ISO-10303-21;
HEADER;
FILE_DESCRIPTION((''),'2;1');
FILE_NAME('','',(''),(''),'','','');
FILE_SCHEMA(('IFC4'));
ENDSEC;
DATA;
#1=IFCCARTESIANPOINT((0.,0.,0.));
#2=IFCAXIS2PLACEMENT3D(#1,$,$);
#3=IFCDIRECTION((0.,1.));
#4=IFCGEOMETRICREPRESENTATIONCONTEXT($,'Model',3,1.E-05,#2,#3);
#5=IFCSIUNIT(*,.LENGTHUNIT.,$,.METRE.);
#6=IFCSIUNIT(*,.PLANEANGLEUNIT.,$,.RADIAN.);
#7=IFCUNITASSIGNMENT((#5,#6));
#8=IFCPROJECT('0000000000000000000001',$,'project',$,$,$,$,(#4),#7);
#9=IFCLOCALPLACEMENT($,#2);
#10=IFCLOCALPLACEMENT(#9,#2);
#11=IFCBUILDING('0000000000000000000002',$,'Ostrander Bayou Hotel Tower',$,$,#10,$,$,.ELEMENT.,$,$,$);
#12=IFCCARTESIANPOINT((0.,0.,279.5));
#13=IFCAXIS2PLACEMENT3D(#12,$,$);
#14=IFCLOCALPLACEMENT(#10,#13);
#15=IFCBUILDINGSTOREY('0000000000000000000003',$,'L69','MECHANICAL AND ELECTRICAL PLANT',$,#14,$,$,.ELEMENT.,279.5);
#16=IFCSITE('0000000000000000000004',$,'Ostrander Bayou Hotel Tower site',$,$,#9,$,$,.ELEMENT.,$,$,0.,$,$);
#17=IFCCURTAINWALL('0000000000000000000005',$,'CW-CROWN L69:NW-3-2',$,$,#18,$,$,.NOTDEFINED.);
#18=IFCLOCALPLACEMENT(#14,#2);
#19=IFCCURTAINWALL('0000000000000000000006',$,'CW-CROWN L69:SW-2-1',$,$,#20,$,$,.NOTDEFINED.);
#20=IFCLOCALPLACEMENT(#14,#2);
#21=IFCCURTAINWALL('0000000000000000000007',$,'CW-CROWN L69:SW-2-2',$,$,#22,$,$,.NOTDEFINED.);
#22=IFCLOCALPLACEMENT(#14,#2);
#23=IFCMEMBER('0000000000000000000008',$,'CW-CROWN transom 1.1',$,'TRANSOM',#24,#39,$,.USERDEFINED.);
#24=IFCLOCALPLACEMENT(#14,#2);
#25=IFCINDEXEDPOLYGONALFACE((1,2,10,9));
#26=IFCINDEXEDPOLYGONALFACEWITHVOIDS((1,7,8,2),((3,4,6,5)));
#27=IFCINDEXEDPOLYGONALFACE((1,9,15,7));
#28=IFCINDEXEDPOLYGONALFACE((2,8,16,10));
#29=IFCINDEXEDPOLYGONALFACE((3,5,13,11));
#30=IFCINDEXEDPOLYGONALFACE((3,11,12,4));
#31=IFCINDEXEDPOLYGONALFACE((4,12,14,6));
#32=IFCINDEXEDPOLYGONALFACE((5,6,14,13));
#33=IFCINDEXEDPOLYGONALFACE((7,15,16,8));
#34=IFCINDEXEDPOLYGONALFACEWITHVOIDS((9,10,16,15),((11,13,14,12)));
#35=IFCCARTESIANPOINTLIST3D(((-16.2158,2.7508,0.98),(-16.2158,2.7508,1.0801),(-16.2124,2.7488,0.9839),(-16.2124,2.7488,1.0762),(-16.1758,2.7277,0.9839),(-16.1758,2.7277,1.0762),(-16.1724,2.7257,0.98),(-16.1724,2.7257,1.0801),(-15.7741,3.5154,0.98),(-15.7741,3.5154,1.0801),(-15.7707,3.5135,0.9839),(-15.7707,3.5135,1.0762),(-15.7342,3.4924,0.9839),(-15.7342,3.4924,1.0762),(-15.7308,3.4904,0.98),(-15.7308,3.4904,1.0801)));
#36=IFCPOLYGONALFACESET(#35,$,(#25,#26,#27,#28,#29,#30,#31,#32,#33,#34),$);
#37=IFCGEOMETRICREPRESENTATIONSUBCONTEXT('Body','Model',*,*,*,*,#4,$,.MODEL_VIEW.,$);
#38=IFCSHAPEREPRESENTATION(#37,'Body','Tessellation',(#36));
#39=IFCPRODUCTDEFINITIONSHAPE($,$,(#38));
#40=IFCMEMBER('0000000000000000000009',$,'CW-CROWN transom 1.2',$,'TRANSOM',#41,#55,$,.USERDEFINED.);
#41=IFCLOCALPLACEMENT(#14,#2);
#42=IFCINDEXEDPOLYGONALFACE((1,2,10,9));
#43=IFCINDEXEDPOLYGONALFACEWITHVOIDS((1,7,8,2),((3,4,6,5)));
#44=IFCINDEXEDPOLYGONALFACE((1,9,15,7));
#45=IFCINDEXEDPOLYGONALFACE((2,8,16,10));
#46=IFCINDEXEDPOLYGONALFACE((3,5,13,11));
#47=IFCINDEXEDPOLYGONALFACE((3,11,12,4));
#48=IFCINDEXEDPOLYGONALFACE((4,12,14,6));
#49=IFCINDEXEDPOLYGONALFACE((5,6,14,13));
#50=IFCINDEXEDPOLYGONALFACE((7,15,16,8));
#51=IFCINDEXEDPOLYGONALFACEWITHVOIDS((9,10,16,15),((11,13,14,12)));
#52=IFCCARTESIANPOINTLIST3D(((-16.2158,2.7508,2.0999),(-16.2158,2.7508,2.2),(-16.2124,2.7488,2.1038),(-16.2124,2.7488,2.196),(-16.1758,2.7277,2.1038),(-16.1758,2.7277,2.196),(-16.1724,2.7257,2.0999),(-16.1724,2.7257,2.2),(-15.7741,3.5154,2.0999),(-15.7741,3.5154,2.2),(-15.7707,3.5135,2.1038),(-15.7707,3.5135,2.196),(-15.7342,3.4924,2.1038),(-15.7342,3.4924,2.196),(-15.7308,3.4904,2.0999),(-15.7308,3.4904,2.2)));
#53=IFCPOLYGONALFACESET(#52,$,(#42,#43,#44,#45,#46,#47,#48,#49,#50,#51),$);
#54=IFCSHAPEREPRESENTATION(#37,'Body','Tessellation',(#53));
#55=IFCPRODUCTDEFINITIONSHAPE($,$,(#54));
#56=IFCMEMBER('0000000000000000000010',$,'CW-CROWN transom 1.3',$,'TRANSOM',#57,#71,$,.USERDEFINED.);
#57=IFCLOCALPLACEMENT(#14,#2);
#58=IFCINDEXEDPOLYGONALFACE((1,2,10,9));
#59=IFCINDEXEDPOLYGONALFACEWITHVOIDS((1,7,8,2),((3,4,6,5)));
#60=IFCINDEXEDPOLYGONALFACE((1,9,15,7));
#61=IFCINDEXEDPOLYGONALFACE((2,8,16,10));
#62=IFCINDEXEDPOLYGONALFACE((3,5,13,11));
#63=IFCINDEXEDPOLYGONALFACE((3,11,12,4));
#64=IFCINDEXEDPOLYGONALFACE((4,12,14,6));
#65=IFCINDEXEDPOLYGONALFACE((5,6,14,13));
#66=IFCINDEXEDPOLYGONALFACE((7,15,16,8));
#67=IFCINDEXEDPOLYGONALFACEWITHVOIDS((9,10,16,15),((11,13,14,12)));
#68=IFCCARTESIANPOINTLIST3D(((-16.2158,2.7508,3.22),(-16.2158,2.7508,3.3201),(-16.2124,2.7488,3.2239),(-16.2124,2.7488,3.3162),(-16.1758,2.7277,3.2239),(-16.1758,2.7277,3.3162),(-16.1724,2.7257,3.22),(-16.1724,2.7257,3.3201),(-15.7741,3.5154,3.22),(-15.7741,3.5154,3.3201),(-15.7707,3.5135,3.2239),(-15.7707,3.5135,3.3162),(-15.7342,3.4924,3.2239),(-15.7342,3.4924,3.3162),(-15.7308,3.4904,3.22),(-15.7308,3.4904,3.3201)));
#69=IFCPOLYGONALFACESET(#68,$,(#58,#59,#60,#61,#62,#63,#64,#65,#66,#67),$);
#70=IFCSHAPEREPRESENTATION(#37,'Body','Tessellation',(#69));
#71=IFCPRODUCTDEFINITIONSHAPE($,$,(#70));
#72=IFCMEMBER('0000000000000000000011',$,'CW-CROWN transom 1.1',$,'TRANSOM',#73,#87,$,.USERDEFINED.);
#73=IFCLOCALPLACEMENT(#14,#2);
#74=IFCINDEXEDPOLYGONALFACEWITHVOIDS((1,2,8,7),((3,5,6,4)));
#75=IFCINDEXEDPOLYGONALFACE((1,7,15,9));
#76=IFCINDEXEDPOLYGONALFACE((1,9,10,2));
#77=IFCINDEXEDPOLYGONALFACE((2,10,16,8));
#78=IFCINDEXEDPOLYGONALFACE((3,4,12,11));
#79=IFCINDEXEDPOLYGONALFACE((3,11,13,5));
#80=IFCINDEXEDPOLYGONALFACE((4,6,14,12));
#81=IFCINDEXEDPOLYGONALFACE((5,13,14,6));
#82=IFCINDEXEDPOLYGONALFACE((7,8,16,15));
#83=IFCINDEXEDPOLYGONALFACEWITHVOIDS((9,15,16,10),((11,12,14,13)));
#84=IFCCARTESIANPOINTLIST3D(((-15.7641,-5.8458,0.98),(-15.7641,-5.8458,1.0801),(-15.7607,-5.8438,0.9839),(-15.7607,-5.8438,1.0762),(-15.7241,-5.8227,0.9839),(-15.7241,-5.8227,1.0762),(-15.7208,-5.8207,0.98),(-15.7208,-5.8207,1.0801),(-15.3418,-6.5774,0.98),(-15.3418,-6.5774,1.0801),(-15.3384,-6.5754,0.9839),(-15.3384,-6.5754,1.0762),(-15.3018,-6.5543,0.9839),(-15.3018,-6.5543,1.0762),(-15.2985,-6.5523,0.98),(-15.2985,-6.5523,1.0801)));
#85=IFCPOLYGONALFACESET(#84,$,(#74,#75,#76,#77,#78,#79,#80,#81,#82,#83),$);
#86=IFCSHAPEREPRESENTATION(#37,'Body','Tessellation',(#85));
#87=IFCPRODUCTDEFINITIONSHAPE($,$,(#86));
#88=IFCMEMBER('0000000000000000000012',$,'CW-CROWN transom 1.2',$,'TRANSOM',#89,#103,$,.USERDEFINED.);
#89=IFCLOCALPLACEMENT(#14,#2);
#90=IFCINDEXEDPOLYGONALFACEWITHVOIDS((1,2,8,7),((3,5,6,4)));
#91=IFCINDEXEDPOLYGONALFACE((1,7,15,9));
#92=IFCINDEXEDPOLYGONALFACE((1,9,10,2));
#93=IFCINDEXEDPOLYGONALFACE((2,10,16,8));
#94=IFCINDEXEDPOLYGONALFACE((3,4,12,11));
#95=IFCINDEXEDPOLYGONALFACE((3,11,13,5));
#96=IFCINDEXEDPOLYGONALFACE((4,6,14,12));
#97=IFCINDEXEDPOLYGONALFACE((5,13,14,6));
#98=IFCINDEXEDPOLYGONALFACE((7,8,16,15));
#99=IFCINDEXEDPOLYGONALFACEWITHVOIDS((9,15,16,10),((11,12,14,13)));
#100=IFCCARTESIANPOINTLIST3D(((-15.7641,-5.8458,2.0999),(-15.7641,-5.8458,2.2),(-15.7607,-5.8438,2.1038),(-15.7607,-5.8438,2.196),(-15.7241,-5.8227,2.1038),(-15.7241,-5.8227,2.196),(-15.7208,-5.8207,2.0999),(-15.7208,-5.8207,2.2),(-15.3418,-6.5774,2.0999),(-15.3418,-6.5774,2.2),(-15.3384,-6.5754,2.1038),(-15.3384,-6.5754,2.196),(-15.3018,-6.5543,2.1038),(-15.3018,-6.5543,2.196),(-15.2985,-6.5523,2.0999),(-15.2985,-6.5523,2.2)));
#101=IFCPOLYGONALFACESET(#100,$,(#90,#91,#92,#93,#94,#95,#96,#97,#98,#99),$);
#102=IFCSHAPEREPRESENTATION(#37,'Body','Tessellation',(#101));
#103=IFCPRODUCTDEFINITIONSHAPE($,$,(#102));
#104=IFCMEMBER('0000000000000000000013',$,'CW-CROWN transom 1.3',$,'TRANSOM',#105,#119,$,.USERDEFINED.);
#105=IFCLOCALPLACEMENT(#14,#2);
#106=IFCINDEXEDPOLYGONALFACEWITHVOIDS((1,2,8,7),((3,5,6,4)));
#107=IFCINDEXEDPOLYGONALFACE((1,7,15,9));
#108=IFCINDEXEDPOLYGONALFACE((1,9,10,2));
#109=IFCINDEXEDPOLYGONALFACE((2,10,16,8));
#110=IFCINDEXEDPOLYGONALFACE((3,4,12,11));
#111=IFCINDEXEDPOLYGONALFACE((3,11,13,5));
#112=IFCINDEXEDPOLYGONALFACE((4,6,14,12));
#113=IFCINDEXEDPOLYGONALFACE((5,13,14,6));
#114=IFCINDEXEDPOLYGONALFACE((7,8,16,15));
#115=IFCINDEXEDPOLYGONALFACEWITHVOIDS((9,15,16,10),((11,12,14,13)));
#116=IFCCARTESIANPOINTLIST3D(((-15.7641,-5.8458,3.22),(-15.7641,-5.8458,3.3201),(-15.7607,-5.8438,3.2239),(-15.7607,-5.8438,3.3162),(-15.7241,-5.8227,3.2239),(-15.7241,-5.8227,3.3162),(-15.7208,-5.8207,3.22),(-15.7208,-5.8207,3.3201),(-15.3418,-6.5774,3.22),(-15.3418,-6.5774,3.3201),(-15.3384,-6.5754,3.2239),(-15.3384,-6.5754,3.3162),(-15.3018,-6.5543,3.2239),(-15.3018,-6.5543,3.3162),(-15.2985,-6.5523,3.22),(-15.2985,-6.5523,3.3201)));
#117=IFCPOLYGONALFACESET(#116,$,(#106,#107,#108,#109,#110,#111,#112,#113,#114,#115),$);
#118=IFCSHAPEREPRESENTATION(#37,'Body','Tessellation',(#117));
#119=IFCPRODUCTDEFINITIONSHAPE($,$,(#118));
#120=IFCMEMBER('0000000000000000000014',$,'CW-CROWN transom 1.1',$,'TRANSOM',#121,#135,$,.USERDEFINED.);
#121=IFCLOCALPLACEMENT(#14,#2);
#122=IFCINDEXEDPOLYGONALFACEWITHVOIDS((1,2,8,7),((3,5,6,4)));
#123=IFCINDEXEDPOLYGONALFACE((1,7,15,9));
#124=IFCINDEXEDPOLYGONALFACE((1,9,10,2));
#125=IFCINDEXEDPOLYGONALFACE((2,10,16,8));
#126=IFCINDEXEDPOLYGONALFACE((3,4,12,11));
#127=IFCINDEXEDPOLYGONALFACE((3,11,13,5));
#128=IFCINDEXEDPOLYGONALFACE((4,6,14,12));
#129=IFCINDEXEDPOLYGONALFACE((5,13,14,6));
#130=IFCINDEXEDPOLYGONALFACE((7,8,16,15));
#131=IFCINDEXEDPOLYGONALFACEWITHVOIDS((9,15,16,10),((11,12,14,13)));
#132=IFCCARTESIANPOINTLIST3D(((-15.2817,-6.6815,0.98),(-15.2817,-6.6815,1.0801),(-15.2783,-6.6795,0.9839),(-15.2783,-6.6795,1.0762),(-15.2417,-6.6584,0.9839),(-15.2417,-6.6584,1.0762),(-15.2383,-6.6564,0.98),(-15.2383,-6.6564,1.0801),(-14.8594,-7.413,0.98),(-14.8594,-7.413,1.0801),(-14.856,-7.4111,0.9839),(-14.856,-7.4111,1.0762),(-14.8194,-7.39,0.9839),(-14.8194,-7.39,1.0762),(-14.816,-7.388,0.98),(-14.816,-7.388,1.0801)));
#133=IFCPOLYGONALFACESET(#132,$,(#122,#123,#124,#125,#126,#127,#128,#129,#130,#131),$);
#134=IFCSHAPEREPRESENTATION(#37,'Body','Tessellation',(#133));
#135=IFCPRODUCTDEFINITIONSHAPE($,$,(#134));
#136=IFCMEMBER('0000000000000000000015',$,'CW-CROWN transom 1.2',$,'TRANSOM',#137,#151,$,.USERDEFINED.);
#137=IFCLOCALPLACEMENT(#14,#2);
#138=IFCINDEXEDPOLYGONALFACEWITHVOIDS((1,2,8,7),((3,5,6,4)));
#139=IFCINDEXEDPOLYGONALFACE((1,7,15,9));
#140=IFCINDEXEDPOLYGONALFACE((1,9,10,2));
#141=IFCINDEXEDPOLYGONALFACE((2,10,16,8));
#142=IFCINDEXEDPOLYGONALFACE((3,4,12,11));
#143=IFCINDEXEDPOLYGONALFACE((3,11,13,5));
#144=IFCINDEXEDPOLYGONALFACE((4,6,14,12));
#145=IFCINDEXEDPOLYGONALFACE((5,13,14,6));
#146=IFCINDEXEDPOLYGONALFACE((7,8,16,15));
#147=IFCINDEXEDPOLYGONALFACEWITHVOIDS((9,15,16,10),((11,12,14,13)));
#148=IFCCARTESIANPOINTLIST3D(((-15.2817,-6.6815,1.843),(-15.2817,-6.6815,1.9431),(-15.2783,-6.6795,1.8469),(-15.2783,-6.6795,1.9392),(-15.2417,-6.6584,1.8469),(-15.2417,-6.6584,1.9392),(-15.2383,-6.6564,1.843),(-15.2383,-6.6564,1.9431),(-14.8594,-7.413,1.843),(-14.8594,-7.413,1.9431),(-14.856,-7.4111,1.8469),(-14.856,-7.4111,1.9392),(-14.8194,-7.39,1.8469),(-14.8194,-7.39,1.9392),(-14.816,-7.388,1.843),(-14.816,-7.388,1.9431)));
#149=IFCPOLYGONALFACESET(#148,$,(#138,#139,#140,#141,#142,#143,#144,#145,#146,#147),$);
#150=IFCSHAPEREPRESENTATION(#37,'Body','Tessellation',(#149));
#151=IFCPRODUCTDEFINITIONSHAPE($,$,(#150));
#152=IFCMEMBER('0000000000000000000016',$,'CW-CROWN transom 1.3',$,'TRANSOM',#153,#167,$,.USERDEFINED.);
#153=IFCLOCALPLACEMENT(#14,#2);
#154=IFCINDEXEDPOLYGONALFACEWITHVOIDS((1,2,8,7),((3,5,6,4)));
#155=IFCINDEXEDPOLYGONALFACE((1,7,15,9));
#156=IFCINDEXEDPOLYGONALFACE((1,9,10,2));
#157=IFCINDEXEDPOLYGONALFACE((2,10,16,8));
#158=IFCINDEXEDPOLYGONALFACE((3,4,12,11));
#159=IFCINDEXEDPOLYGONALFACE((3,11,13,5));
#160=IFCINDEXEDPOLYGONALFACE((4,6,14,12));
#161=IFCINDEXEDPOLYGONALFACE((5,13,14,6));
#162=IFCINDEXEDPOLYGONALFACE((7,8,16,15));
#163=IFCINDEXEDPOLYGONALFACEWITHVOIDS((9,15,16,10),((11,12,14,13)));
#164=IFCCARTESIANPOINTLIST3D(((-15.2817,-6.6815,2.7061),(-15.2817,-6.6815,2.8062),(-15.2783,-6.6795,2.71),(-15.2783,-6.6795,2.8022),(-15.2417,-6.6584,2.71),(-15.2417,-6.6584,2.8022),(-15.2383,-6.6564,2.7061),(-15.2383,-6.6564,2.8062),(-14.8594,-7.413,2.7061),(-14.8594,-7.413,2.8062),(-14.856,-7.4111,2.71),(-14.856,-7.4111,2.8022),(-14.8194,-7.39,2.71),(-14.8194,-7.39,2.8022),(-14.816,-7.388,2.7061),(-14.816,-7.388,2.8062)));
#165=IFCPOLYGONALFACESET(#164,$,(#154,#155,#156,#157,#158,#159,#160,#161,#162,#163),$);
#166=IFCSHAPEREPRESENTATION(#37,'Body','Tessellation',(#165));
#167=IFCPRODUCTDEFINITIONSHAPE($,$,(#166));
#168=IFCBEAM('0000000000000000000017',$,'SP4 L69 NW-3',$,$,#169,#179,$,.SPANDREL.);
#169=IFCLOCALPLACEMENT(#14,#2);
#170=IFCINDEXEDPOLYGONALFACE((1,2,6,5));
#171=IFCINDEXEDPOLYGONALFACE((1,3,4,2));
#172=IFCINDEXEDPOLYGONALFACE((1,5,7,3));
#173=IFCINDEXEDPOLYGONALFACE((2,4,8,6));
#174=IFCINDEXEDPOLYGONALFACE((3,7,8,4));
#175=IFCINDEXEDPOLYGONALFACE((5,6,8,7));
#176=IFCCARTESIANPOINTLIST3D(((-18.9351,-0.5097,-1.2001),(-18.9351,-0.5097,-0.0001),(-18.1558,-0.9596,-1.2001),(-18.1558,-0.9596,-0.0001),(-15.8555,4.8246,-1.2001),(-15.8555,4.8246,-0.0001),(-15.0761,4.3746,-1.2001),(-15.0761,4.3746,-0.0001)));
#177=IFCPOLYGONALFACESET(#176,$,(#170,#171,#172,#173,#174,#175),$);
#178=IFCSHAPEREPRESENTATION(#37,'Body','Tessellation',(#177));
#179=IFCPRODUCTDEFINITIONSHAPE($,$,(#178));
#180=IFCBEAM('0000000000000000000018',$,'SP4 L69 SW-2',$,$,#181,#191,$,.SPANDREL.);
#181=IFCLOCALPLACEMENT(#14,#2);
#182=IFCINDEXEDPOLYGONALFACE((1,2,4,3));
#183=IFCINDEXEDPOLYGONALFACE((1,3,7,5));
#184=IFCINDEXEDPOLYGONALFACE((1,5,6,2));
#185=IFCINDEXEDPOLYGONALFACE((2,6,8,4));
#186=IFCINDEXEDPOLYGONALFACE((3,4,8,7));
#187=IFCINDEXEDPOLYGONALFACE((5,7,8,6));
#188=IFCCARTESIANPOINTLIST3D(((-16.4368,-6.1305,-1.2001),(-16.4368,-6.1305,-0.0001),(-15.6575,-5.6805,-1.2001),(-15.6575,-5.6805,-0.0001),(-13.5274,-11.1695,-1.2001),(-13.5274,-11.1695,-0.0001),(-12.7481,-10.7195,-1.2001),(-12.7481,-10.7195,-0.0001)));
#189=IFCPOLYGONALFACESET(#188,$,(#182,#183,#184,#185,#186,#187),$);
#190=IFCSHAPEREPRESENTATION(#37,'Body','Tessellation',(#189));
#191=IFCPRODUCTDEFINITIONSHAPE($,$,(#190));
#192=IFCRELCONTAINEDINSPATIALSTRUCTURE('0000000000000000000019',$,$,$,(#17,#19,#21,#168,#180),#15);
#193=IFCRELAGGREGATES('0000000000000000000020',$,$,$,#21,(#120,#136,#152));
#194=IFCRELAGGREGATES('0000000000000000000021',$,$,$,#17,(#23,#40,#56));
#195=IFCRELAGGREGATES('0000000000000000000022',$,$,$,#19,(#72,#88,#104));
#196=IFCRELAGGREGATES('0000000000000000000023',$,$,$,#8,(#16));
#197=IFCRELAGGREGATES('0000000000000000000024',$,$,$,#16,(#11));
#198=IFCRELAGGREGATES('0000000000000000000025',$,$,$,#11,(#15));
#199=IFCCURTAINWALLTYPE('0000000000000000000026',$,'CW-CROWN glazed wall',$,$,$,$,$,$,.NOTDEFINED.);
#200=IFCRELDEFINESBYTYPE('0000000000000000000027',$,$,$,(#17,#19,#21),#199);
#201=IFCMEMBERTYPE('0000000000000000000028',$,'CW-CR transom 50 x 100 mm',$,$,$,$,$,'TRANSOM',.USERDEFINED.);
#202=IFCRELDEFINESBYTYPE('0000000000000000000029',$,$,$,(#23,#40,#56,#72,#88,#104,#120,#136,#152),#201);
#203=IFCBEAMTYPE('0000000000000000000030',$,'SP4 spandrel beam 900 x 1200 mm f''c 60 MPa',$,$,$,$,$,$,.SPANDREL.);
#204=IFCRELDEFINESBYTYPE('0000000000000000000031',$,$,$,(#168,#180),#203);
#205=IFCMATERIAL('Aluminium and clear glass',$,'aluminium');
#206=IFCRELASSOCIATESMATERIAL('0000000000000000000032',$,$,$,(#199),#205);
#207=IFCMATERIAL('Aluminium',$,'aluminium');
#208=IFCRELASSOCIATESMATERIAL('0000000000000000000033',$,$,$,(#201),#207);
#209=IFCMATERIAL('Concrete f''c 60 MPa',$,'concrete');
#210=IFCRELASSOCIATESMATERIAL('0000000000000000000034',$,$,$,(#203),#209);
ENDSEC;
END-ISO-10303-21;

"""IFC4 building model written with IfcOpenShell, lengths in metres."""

from ifc_helpers import new_model, si_unit, direction, frame, origin, origin_2d, place, context, subcontext, project, spatial, rectangle, hollow_rectangle, extrude, material, material_profile, profile_set, type_object, element, aggregate, save


model = new_model("IFC4")

# Units and contexts
model_context = context("Model", 3, precision=1e-05, world=origin(), true_north=direction((0.0, 1.0)))
body_context = subcontext(model_context, "Body", "Model", "MODEL_VIEW")
ifc_project = project(units=[si_unit("LENGTHUNIT", "METRE"), si_unit("PLANEANGLEUNIT", "RADIAN")], contexts=[model_context])

# Site, building, storey
site_placement = place(None, origin())
site = spatial("IfcSite", under=ifc_project, at=site_placement, Name="Ostrander Bayou Hotel Tower site", CompositionType="ELEMENT", RefElevation=0.0)
building_placement = place(site_placement, origin())
building = spatial("IfcBuilding", under=site, at=building_placement, Name="Ostrander Bayou Hotel Tower", CompositionType="ELEMENT")
storey_placement = place(building_placement, frame((0.0, 0.0, 279.5)))
storey = spatial("IfcBuildingStorey", under=building, at=storey_placement, Name="L69", Description="MECHANICAL AND ELECTRICAL PLANT", CompositionType="ELEMENT", Elevation=279.5)

# Shared definitions
ifc_material_1 = material(Name="Aluminium and clear glass", Category="aluminium")
curtain_wall_type = type_object("IfcCurtainWallType", Name="CW-CROWN glazed wall", PredefinedType="NOTDEFINED", material=ifc_material_1)

# Curtain wall
curtain_wall_1_placement = place(storey_placement, origin())
curtain_wall_1 = element("IfcCurtainWall", 1, at=curtain_wall_1_placement, inside=storey, type_object=curtain_wall_type, Name="CW-CROWN L69:NW-3-2", PredefinedType="NOTDEFINED")

# Curtain wall
curtain_wall_2_placement = place(storey_placement, origin())
curtain_wall_2 = element("IfcCurtainWall", 2, at=curtain_wall_2_placement, inside=storey, type_object=curtain_wall_type, Name="CW-CROWN L69:SW-2-1", PredefinedType="NOTDEFINED")

# Curtain wall
curtain_wall_3_placement = place(storey_placement, origin())
curtain_wall_3 = element("IfcCurtainWall", 3, at=curtain_wall_3_placement, inside=storey, type_object=curtain_wall_type, Name="CW-CROWN L69:SW-2-2", PredefinedType="NOTDEFINED")

# Members
ifc_material_2 = material(Name="Aluminium", Category="aluminium")
ifc_material_profile_1 = material_profile(ifc_material_2, hollow_rectangle(XDim=0.05, YDim=0.1001, WallThickness=0.0039, at=origin_2d()))
ifc_profile_set_1 = profile_set([ifc_material_profile_1], Name="Aluminium")
member_type_1 = type_object("IfcMemberType", Name="CW-CR transom 50 x 100 mm", ElementType="TRANSOM", PredefinedType="USERDEFINED", material=ifc_profile_set_1)
member_1_placement = place(storey_placement, frame((-15.7524, 3.5029, 1.03), z_axis=(-0.500153, -0.865937, 0.0), x_axis=(0.865937, -0.500153, 0.0)))
member_1 = element("IfcMember", 4, at=member_1_placement, type_object=member_type_1, Name="CW-CROWN transom 1.1", ObjectType="TRANSOM", PredefinedType="USERDEFINED", context=body_context, shape_type="SweptSolid", body=[
    extrude(hollow_rectangle(XDim=0.05, YDim=0.1001, WallThickness=0.0039, at=origin_2d()), origin(), (0.0, 0.0, 1.0), 0.8831),
])
member_2_placement = place(storey_placement, frame((-15.7524, 3.5029, 2.1499), z_axis=(-0.500153, -0.865937, 0.0), x_axis=(0.865937, -0.500153, 0.0)))
member_2 = element("IfcMember", 5, at=member_2_placement, type_object=member_type_1, Name="CW-CROWN transom 1.2", ObjectType="TRANSOM", PredefinedType="USERDEFINED", context=body_context, shape_type="SweptSolid", body=[
    extrude(hollow_rectangle(XDim=0.05, YDim=0.1001, WallThickness=0.0039, at=origin_2d()), origin(), (0.0, 0.0, 1.0), 0.8831),
])
member_3_placement = place(storey_placement, frame((-15.7524, 3.5029, 3.27), z_axis=(-0.500153, -0.865937, 0.0), x_axis=(0.865937, -0.500153, 0.0)))
member_3 = element("IfcMember", 6, at=member_3_placement, type_object=member_type_1, Name="CW-CROWN transom 1.3", ObjectType="TRANSOM", PredefinedType="USERDEFINED", context=body_context, shape_type="SweptSolid", body=[
    extrude(hollow_rectangle(XDim=0.05, YDim=0.1001, WallThickness=0.0039, at=origin_2d()), origin(), (0.0, 0.0, 1.0), 0.8831),
])
member_4_placement = place(storey_placement, frame((-15.7424, -5.8333, 1.03), z_axis=(0.499931, -0.866065, 0.0), x_axis=(0.866065, 0.499931, 0.0)))
member_4 = element("IfcMember", 7, at=member_4_placement, type_object=member_type_1, Name="CW-CROWN transom 1.1", ObjectType="TRANSOM", PredefinedType="USERDEFINED", context=body_context, shape_type="SweptSolid", body=[
    extrude(hollow_rectangle(XDim=0.05, YDim=0.1001, WallThickness=0.0039, at=origin_2d()), origin(), (0.0, 0.0, 1.0), 0.8447),
])
member_5_placement = place(storey_placement, frame((-15.7424, -5.8333, 2.1499), z_axis=(0.499931, -0.866065, 0.0), x_axis=(0.866065, 0.499931, 0.0)))
member_5 = element("IfcMember", 8, at=member_5_placement, type_object=member_type_1, Name="CW-CROWN transom 1.2", ObjectType="TRANSOM", PredefinedType="USERDEFINED", context=body_context, shape_type="SweptSolid", body=[
    extrude(hollow_rectangle(XDim=0.05, YDim=0.1001, WallThickness=0.0039, at=origin_2d()), origin(), (0.0, 0.0, 1.0), 0.8447),
])
member_6_placement = place(storey_placement, frame((-15.7424, -5.8333, 3.27), z_axis=(0.499931, -0.866065, 0.0), x_axis=(0.866065, 0.499931, 0.0)))
member_6 = element("IfcMember", 9, at=member_6_placement, type_object=member_type_1, Name="CW-CROWN transom 1.3", ObjectType="TRANSOM", PredefinedType="USERDEFINED", context=body_context, shape_type="SweptSolid", body=[
    extrude(hollow_rectangle(XDim=0.05, YDim=0.1001, WallThickness=0.0039, at=origin_2d()), origin(), (0.0, 0.0, 1.0), 0.8447),
])
member_7_placement = place(storey_placement, frame((-15.26, -6.6689, 1.03), z_axis=(0.499931, -0.866065, 0.0), x_axis=(0.866065, 0.499931, 0.0)))
member_7 = element("IfcMember", 10, at=member_7_placement, type_object=member_type_1, Name="CW-CROWN transom 1.1", ObjectType="TRANSOM", PredefinedType="USERDEFINED", context=body_context, shape_type="SweptSolid", body=[
    extrude(hollow_rectangle(XDim=0.05, YDim=0.1001, WallThickness=0.0039, at=origin_2d()), origin(), (0.0, 0.0, 1.0), 0.8447),
])
member_8_placement = place(storey_placement, frame((-15.26, -6.6689, 1.8931), z_axis=(0.499931, -0.866065, 0.0), x_axis=(0.866065, 0.499931, 0.0)))
member_8 = element("IfcMember", 11, at=member_8_placement, type_object=member_type_1, Name="CW-CROWN transom 1.2", ObjectType="TRANSOM", PredefinedType="USERDEFINED", context=body_context, shape_type="SweptSolid", body=[
    extrude(hollow_rectangle(XDim=0.05, YDim=0.1001, WallThickness=0.0039, at=origin_2d()), origin(), (0.0, 0.0, 1.0), 0.8447),
])
member_9_placement = place(storey_placement, frame((-15.26, -6.6689, 2.7561), z_axis=(0.499931, -0.866065, 0.0), x_axis=(0.866065, 0.499931, 0.0)))
member_9 = element("IfcMember", 12, at=member_9_placement, type_object=member_type_1, Name="CW-CROWN transom 1.3", ObjectType="TRANSOM", PredefinedType="USERDEFINED", context=body_context, shape_type="SweptSolid", body=[
    extrude(hollow_rectangle(XDim=0.05, YDim=0.1001, WallThickness=0.0039, at=origin_2d()), origin(), (0.0, 0.0, 1.0), 0.8447),
])
aggregate(curtain_wall_3, [member_7, member_8, member_9])

# Beams
ifc_material_3 = material(Name="Concrete f'c 60 MPa", Category="concrete")
ifc_material_profile_2 = material_profile(ifc_material_3, rectangle(XDim=0.8999, YDim=1.2, at=origin_2d()))
ifc_profile_set_2 = profile_set([ifc_material_profile_2], Name="Concrete f'c 60 MPa")
beam_type = type_object("IfcBeamType", Name="SP4 spandrel beam 900 x 1200 mm f'c 60 MPa", PredefinedType="SPANDREL", material=ifc_profile_set_2)
beam_1_placement = place(storey_placement, frame((-15.4658, 4.5996, -0.6001), z_axis=(-0.499984, -0.866034, 0.0), x_axis=(0.866034, -0.499984, 0.0)))
element("IfcBeam", 13, at=beam_1_placement, inside=storey, type_object=beam_type, Name="SP4 L69 NW-3", PredefinedType="SPANDREL", context=body_context, shape_type="SweptSolid", body=[
    extrude(rectangle(XDim=0.8999, YDim=1.2, at=origin_2d()), origin(), (0.0, 0.0, 1.0), 6.1594),
])
beam_2_placement = place(storey_placement, frame((-16.0471, -5.9055, -0.6001), z_axis=(0.500015, -0.866016, 0.0), x_axis=(0.866016, 0.500015, 0.0)))
element("IfcBeam", 14, at=beam_2_placement, inside=storey, type_object=beam_type, Name="SP4 L69 SW-2", PredefinedType="SPANDREL", context=body_context, shape_type="SweptSolid", body=[
    extrude(rectangle(XDim=0.8999, YDim=1.2, at=origin_2d()), origin(), (0.0, 0.0, 1.0), 5.8186),
])

aggregate(curtain_wall_1, [member_1, member_2, member_3])
aggregate(curtain_wall_2, [member_4, member_5, member_6])

save(model, "model.ifc")
